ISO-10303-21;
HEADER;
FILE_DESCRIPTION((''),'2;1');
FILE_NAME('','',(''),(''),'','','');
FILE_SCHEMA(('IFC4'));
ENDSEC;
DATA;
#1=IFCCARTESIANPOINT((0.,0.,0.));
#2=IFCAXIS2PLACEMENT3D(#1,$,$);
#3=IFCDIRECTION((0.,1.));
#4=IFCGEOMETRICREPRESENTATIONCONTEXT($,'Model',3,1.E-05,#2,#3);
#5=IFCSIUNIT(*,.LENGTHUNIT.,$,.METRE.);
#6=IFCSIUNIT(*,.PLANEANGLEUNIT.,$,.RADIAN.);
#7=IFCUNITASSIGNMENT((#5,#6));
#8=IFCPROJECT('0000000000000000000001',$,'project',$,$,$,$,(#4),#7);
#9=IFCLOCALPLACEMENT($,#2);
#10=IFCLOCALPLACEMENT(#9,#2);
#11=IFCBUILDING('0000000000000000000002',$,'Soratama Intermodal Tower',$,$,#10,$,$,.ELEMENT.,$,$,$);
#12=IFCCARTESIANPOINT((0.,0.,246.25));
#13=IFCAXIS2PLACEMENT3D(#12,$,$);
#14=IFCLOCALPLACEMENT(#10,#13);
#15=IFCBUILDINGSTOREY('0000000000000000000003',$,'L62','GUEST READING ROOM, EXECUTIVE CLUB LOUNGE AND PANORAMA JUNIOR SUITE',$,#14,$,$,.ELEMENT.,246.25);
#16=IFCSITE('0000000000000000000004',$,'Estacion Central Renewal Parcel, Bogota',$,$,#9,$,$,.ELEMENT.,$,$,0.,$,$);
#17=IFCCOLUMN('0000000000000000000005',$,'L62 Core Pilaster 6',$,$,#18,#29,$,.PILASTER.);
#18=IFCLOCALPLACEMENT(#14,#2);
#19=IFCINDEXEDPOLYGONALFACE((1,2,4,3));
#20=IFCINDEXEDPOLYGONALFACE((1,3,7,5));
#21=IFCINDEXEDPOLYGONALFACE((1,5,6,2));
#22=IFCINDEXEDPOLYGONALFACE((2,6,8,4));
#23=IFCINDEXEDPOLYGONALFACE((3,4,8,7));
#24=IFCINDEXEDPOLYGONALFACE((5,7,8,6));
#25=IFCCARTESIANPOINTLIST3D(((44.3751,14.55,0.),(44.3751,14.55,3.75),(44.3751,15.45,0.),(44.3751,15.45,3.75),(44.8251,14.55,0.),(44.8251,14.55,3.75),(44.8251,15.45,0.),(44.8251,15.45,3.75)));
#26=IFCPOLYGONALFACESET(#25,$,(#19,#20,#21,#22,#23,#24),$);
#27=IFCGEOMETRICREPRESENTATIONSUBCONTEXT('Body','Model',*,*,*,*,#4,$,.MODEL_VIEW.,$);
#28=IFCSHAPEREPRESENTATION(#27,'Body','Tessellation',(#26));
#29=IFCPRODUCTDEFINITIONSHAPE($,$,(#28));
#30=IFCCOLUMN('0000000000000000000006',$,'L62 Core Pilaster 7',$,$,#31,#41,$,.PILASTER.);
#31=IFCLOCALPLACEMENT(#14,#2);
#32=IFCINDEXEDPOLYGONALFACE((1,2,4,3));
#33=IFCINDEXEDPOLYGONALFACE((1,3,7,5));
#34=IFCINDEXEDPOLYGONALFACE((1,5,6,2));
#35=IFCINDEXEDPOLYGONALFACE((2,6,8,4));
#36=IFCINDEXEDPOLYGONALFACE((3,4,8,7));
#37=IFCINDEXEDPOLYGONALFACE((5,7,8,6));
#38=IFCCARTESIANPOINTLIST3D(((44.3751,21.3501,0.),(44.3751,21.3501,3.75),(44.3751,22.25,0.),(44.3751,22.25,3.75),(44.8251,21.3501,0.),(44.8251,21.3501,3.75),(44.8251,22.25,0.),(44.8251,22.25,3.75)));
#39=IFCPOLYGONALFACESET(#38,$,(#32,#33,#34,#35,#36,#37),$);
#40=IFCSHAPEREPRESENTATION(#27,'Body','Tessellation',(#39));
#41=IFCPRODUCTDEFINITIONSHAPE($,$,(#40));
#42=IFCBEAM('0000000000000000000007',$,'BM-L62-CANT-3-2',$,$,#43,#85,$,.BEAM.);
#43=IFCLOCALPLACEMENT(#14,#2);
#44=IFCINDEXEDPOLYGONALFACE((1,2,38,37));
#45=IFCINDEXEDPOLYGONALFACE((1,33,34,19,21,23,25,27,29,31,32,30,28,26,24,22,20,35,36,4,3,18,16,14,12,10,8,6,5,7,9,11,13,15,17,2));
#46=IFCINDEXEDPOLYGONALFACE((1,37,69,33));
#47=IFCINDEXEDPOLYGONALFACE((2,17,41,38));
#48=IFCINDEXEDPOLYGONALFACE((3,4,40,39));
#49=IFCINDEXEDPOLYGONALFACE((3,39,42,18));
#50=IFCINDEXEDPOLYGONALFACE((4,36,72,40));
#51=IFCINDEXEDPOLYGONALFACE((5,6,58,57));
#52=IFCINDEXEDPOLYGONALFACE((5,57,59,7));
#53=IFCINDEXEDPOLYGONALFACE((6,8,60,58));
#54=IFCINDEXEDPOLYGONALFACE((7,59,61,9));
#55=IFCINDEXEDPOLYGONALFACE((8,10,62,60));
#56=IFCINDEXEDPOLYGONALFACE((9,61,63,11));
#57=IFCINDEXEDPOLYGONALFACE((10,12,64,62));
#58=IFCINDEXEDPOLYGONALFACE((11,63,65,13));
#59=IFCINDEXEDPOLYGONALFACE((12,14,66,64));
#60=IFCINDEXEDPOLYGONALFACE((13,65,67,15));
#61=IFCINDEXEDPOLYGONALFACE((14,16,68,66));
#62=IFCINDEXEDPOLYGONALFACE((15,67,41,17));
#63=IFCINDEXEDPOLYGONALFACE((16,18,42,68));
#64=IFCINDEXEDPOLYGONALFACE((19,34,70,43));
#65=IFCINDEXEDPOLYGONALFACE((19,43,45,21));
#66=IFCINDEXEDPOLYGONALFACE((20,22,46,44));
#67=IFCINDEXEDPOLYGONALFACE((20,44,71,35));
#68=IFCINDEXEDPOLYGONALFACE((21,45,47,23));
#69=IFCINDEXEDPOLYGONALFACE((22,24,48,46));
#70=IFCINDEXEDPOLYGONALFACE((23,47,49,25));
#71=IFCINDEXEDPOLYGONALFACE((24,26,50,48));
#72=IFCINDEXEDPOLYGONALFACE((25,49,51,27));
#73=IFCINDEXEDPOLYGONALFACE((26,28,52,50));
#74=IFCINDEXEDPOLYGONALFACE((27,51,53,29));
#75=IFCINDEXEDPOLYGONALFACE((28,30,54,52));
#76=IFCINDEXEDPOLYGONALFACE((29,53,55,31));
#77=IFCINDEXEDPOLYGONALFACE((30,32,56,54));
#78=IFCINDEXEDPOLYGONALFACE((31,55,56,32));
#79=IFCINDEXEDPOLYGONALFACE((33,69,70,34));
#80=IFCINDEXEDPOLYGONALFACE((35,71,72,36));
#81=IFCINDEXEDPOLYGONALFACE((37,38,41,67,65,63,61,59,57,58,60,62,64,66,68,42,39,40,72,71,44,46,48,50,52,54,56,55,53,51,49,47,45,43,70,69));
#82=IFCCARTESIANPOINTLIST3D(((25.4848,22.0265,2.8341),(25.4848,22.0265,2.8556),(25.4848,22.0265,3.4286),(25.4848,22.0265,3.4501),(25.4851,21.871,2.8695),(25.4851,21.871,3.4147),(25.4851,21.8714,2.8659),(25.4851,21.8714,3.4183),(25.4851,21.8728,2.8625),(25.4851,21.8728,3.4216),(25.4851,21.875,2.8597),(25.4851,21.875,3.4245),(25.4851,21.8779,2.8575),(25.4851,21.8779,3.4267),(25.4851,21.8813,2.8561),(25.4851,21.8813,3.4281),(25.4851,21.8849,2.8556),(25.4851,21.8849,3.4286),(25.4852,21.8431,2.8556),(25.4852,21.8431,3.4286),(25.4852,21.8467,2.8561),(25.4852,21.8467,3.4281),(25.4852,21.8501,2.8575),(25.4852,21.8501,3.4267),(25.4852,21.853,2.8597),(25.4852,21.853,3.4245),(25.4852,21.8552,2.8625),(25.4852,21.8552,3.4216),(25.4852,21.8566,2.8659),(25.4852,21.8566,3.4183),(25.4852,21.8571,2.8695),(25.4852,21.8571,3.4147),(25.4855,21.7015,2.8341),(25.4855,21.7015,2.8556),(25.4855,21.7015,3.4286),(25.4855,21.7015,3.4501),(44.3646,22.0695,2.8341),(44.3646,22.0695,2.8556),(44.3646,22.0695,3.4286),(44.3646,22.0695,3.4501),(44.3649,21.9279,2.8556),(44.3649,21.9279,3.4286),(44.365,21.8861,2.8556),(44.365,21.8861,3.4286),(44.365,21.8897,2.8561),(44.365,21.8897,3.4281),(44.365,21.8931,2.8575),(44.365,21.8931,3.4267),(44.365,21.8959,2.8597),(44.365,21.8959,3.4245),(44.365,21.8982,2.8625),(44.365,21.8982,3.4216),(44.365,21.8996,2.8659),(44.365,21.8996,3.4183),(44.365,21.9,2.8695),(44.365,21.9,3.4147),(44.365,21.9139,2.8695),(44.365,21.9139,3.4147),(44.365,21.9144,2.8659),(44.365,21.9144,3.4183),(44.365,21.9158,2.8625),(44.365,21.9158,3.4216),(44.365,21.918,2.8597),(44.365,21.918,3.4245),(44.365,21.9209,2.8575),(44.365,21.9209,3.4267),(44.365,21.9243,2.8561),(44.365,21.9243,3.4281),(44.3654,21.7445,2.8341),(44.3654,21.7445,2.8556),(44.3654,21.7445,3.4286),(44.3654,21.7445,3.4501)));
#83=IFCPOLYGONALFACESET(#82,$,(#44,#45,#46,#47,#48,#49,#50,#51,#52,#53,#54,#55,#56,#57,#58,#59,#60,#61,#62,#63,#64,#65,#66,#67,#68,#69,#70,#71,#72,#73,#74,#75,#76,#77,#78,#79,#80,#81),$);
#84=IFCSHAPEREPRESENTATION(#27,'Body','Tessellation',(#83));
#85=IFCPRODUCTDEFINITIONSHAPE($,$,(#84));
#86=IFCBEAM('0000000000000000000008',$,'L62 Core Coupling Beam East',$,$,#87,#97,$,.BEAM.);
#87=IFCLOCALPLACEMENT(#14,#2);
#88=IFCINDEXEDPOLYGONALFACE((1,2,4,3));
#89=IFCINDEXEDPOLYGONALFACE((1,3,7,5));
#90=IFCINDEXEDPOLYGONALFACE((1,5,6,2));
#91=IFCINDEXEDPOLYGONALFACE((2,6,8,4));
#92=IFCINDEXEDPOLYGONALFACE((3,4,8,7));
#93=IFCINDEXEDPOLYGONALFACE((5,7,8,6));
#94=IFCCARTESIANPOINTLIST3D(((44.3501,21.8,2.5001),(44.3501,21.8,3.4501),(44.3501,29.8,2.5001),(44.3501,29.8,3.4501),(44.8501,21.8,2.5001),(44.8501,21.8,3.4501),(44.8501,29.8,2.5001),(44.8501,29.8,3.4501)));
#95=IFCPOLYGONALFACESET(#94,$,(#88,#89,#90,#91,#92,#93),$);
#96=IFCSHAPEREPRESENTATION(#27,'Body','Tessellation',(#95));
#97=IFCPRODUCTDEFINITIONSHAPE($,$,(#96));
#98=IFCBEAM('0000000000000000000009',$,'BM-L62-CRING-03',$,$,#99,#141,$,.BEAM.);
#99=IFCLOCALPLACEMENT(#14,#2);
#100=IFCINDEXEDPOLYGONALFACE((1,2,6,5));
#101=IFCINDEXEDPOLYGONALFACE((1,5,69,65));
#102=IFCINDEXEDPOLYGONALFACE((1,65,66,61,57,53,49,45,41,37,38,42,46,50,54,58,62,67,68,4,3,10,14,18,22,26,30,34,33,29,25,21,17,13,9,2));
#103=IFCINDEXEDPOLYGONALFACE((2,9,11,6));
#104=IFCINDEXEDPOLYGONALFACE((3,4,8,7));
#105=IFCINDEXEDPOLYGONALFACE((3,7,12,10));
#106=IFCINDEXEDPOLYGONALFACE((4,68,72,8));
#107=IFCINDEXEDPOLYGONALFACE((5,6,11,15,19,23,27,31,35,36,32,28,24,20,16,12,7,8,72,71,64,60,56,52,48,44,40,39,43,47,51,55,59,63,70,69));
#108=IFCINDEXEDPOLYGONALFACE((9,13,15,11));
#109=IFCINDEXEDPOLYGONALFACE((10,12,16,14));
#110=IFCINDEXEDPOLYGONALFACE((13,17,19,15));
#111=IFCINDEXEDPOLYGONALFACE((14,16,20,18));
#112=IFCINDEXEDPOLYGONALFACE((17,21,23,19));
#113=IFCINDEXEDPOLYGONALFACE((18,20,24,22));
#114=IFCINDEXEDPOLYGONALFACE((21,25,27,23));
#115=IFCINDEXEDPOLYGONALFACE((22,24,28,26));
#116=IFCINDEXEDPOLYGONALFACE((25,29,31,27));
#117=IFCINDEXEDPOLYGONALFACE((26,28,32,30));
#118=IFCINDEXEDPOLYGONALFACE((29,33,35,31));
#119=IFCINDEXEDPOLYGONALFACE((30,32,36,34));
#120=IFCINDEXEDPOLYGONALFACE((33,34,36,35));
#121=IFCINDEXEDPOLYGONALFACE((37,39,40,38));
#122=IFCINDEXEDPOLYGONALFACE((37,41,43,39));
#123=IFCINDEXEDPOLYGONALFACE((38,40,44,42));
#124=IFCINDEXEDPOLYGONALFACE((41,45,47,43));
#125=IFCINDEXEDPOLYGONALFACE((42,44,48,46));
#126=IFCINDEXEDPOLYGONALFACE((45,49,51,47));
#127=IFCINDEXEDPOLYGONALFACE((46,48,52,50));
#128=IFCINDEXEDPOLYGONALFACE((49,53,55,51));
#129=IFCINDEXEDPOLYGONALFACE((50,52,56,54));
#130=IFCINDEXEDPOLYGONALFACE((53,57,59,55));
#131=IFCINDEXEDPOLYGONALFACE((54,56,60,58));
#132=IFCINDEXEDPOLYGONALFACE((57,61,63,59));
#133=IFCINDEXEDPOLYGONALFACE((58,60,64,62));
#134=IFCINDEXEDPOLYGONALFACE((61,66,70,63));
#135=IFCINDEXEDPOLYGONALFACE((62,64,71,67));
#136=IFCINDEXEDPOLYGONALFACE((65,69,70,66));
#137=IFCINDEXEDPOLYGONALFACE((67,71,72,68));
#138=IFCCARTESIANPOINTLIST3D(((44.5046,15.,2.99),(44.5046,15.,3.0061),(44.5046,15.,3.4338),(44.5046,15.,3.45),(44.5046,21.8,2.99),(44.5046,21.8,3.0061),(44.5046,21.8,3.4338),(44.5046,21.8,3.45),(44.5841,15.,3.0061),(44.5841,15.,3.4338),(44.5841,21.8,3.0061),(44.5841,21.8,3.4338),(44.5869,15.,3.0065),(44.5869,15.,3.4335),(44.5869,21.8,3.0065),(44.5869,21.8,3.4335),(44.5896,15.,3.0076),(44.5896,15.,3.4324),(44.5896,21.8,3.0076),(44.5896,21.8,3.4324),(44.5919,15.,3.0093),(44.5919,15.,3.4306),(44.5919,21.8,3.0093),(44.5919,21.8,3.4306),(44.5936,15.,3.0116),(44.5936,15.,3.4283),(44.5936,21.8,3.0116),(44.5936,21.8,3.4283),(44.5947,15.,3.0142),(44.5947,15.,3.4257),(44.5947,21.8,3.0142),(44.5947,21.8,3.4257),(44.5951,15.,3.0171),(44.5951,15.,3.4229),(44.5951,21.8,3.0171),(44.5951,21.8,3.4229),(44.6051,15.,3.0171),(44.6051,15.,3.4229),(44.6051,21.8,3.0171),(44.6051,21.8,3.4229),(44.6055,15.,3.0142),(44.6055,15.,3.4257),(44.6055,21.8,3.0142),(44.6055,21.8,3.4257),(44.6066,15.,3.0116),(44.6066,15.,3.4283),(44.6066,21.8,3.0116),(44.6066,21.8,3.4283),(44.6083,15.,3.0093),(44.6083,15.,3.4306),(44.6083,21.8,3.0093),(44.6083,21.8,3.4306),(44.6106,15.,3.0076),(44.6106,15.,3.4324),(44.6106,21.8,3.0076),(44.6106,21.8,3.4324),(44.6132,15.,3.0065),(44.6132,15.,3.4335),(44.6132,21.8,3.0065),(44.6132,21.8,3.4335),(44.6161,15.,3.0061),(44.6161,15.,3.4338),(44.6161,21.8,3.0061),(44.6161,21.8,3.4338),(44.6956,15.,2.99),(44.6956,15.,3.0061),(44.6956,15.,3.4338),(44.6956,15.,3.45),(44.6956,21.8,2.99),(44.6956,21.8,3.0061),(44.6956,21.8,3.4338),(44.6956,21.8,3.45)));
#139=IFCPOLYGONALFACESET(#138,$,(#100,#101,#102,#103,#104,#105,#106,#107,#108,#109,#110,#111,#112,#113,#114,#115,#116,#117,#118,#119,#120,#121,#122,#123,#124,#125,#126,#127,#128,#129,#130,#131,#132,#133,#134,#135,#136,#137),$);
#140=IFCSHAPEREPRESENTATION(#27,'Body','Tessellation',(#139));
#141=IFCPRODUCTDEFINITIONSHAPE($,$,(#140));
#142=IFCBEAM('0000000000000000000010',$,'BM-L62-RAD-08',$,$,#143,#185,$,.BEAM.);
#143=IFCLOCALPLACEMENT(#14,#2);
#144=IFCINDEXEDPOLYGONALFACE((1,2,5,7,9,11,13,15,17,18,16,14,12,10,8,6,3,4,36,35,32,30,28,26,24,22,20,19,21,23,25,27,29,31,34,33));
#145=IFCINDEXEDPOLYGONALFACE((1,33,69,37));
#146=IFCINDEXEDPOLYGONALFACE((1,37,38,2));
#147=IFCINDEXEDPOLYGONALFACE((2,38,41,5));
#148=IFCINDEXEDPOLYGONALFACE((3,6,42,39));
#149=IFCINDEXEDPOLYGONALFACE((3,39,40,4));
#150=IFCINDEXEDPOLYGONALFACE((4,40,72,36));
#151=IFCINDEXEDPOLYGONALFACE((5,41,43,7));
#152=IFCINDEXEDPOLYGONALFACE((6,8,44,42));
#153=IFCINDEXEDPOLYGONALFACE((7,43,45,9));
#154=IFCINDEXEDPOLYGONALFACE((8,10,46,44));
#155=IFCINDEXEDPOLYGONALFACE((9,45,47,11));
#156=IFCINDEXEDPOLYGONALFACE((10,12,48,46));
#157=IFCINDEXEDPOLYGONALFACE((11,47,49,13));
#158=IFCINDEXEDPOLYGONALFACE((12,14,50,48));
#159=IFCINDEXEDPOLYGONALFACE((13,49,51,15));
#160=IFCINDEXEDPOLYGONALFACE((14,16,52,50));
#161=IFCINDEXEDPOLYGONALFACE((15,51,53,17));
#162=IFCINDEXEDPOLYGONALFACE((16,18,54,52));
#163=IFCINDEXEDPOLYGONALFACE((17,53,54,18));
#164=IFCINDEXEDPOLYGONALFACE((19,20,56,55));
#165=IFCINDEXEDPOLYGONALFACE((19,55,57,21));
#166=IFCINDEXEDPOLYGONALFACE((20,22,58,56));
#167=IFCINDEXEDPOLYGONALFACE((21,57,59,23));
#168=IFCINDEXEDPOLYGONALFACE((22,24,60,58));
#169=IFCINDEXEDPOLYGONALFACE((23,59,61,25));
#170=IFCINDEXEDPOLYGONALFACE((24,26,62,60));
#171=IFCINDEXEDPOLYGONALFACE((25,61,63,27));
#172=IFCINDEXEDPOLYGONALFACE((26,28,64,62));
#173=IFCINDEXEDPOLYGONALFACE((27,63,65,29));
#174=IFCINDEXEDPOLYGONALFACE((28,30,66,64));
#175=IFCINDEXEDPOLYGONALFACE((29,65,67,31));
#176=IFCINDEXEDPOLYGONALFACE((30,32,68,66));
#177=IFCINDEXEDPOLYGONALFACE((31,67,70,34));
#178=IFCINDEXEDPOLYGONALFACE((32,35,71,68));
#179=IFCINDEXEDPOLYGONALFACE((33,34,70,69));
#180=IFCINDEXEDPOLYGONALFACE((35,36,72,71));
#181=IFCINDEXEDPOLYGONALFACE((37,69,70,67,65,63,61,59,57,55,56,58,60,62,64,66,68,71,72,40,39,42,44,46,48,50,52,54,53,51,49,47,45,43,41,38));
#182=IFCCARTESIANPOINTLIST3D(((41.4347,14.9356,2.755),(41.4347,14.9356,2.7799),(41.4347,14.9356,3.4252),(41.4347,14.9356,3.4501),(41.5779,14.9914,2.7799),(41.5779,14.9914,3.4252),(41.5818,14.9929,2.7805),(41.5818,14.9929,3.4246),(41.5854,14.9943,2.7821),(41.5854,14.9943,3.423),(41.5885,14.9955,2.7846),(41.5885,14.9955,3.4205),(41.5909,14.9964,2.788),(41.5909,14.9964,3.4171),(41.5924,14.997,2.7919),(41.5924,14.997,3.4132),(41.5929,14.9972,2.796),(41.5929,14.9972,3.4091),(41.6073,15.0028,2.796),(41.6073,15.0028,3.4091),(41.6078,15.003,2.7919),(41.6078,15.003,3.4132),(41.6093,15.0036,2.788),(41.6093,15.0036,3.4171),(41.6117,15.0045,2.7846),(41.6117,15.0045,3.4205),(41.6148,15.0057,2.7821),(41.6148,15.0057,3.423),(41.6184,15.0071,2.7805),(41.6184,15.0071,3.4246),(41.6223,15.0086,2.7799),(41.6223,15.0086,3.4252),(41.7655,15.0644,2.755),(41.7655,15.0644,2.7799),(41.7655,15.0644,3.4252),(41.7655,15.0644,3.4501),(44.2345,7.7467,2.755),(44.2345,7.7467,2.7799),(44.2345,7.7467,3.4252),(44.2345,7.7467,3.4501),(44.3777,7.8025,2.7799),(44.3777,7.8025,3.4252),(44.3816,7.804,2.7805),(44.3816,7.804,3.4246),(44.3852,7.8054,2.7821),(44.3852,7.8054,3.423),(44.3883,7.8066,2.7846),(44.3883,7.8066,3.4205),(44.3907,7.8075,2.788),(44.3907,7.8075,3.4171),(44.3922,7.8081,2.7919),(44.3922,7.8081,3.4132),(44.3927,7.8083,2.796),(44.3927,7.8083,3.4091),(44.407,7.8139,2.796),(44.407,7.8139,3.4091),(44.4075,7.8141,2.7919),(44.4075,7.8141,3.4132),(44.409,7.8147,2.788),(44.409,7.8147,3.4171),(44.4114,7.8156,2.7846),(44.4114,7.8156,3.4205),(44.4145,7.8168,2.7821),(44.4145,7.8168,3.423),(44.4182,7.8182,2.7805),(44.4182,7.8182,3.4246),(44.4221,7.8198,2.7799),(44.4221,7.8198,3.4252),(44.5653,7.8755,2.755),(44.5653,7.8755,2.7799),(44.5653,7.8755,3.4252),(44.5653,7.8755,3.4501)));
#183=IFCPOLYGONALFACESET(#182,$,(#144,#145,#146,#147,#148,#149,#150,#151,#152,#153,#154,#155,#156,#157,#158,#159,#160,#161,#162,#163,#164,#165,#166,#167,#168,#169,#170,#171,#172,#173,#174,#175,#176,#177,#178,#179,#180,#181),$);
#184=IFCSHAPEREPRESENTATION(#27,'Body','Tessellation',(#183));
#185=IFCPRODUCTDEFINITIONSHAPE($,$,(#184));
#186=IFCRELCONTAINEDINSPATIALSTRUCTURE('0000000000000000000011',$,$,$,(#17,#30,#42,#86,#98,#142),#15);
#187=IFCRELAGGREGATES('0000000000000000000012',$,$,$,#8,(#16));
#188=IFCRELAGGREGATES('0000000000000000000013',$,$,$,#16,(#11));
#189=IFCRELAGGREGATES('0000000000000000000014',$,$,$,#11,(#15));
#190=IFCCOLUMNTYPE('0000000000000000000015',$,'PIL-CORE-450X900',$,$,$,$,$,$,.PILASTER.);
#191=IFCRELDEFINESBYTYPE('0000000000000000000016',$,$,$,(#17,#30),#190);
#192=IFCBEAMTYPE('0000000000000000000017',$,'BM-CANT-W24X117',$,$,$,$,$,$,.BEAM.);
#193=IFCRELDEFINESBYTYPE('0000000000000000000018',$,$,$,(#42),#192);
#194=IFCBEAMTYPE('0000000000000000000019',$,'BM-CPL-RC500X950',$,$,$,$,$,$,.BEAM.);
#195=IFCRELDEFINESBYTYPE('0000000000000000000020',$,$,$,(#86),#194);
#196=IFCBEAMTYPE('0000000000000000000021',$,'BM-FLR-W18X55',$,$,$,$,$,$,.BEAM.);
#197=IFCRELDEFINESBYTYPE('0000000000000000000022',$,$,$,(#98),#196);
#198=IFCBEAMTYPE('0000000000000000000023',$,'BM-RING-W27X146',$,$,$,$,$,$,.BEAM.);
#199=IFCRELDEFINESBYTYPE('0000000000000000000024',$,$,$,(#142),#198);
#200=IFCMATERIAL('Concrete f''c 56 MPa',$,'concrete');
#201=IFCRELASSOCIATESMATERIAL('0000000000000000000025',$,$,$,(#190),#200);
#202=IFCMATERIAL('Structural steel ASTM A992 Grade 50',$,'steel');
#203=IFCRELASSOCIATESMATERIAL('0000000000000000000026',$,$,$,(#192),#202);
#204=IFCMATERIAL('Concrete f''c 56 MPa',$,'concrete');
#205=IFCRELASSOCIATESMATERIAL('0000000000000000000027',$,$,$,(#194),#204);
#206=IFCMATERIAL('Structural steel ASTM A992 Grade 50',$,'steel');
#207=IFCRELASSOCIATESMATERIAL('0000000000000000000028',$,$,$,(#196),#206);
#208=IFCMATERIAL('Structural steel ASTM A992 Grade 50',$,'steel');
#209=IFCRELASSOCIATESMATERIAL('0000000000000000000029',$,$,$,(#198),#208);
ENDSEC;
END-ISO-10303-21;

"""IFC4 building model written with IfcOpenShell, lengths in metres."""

from ifc_helpers import new_model, si_unit, direction, frame, origin, origin_2d, place, context, subcontext, project, spatial, rectangle, i_section, extrude, material, material_profile, profile_set, type_object, element, save


model = new_model("IFC4")

# Units and contexts
model_context = context("Model", 3, precision=1e-05, world=origin(), true_north=direction((0.0, 1.0)))
body_context = subcontext(model_context, "Body", "Model", "MODEL_VIEW")
ifc_project = project(units=[si_unit("LENGTHUNIT", "METRE"), si_unit("PLANEANGLEUNIT", "RADIAN")], contexts=[model_context])

# Site, building, storey
site_placement = place(None, origin())
site = spatial("IfcSite", under=ifc_project, at=site_placement, Name="Estacion Central Renewal Parcel, Bogota", CompositionType="ELEMENT", RefElevation=0.0)
building_placement = place(site_placement, origin())
building = spatial("IfcBuilding", under=site, at=building_placement, Name="Soratama Intermodal Tower", CompositionType="ELEMENT")
storey_placement = place(building_placement, frame((0.0, 0.0, 246.25)))
storey = spatial("IfcBuildingStorey", under=building, at=storey_placement, Name="L62", Description="GUEST READING ROOM, EXECUTIVE CLUB LOUNGE AND PANORAMA JUNIOR SUITE", CompositionType="ELEMENT", Elevation=246.25)

# Columns
ifc_material_1 = material(Name="Concrete f'c 56 MPa", Category="concrete")
ifc_material_profile_1 = material_profile(ifc_material_1, rectangle(XDim=0.45, YDim=0.8999, at=origin_2d()), Name="RC450X900")
ifc_profile_set_1 = profile_set([ifc_material_profile_1], Name="Concrete f'c 56 MPa")
column_type = type_object("IfcColumnType", Name="PIL-CORE-450X900", PredefinedType="PILASTER", material=ifc_profile_set_1)
for number, where, z_axis, x_axis, name in (
    (1, (44.6001, 15.0, 0.0), (0.0, 0.0, 1.0), (1.0, 0.0, 0.0), "L62 Core Pilaster 6"),
    (2, (44.6001, 21.8, 0.0), (0.0, 0.0, 1.0), (1.0, 0.0, 0.0), "L62 Core Pilaster 7"),
):
    element("IfcColumn", number, at=place(storey_placement, frame(where, z_axis=z_axis, x_axis=x_axis)), inside=storey, type_object=column_type, Name=name, PredefinedType="PILASTER", context=body_context, shape_type="SweptSolid", body=[
        extrude(rectangle(XDim=0.45, YDim=0.8999, at=origin_2d()), origin(), (0.0, 0.0, 1.0), 3.75),
    ])

# Beams
ifc_material_2 = material(Name="Structural steel ASTM A992 Grade 50", Category="steel")
ifc_material_profile_2 = material_profile(ifc_material_2, i_section(OverallWidth=0.325, OverallDepth=0.616, WebThickness=0.0139, FlangeThickness=0.0215, FilletRadius=0.0139, at=origin_2d()), Name="W24X117")
ifc_profile_set_2 = profile_set([ifc_material_profile_2], Name="Structural steel ASTM A992 Grade 50")
beam_type_1 = type_object("IfcBeamType", Name="BM-CANT-W24X117", PredefinedType="BEAM", material=ifc_profile_set_2)
beam_1_placement = place(storey_placement, frame((44.365, 21.907, 3.1421), z_axis=(-0.999997, -0.002276, 0.0), x_axis=(0.002276, -0.999997, 0.0)))
element("IfcBeam", 3, at=beam_1_placement, inside=storey, type_object=beam_type_1, Name="BM-L62-CANT-3-2", PredefinedType="BEAM", context=body_context, shape_type="SweptSolid", body=[
    extrude(i_section(OverallWidth=0.325, OverallDepth=0.616, WebThickness=0.0139, FlangeThickness=0.0215, FilletRadius=0.0139, at=origin_2d()), origin(), (0.0, 0.0, 1.0), 18.8799),
])
ifc_material_3 = material(Name="Concrete f'c 56 MPa", Category="concrete")
ifc_material_profile_3 = material_profile(ifc_material_3, rectangle(XDim=0.5, YDim=0.95, at=origin_2d()), Name="RC500X950")
ifc_profile_set_3 = profile_set([ifc_material_profile_3], Name="Concrete f'c 56 MPa")
beam_type_2 = type_object("IfcBeamType", Name="BM-CPL-RC500X950", PredefinedType="BEAM", material=ifc_profile_set_3)
beam_2_placement = place(storey_placement, frame((44.6001, 21.8, 2.9751), z_axis=(0.0, 1.0, 0.0), x_axis=(-1.0, 0.0, 0.0)))
element("IfcBeam", 4, at=beam_2_placement, inside=storey, type_object=beam_type_2, Name="L62 Core Coupling Beam East", PredefinedType="BEAM", context=body_context, shape_type="SweptSolid", body=[
    extrude(rectangle(XDim=0.5, YDim=0.95, at=origin_2d()), origin(), (0.0, 0.0, 1.0), 8.0),
])
ifc_material_4 = material(Name="Structural steel ASTM A992 Grade 50", Category="steel")
ifc_material_profile_4 = material_profile(ifc_material_4, i_section(OverallWidth=0.1909, OverallDepth=0.46, WebThickness=0.01, FlangeThickness=0.0161, FilletRadius=0.011, at=origin_2d()), Name="W18X55")
ifc_profile_set_4 = profile_set([ifc_material_profile_4], Name="Structural steel ASTM A992 Grade 50")
beam_type_3 = type_object("IfcBeamType", Name="BM-FLR-W18X55", PredefinedType="BEAM", material=ifc_profile_set_4)
beam_3_placement = place(storey_placement, frame((44.6001, 15.0, 3.22), z_axis=(0.0, 1.0, 0.0), x_axis=(-1.0, 0.0, 0.0)))
element("IfcBeam", 5, at=beam_3_placement, inside=storey, type_object=beam_type_3, Name="BM-L62-CRING-03", PredefinedType="BEAM", context=body_context, shape_type="SweptSolid", body=[
    extrude(i_section(OverallWidth=0.1909, OverallDepth=0.46, WebThickness=0.01, FlangeThickness=0.0161, FilletRadius=0.011, at=origin_2d()), origin(), (0.0, 0.0, 1.0), 6.8),
])
ifc_material_5 = material(Name="Structural steel ASTM A992 Grade 50", Category="steel")
ifc_material_profile_5 = material_profile(ifc_material_5, i_section(OverallWidth=0.355, OverallDepth=0.6951, WebThickness=0.0154, FlangeThickness=0.0249, FilletRadius=0.0161, at=origin_2d()), Name="W27X146")
ifc_profile_set_5 = profile_set([ifc_material_profile_5], Name="Structural steel ASTM A992 Grade 50")
beam_type_4 = type_object("IfcBeamType", Name="BM-RING-W27X146", PredefinedType="BEAM", material=ifc_profile_set_5)
beam_4_placement = place(storey_placement, frame((41.6001, 15.0, 3.1025), z_axis=(0.362907, -0.931825, 0.0), x_axis=(0.931825, 0.362907, 0.0)))
element("IfcBeam", 6, at=beam_4_placement, inside=storey, type_object=beam_type_4, Name="BM-L62-RAD-08", PredefinedType="BEAM", context=body_context, shape_type="SweptSolid", body=[
    extrude(i_section(OverallWidth=0.355, OverallDepth=0.6951, WebThickness=0.0154, FlangeThickness=0.0249, FilletRadius=0.0161, at=origin_2d()), origin(), (0.0, 0.0, 1.0), 7.7148),
])

save(model, "model.ifc")
